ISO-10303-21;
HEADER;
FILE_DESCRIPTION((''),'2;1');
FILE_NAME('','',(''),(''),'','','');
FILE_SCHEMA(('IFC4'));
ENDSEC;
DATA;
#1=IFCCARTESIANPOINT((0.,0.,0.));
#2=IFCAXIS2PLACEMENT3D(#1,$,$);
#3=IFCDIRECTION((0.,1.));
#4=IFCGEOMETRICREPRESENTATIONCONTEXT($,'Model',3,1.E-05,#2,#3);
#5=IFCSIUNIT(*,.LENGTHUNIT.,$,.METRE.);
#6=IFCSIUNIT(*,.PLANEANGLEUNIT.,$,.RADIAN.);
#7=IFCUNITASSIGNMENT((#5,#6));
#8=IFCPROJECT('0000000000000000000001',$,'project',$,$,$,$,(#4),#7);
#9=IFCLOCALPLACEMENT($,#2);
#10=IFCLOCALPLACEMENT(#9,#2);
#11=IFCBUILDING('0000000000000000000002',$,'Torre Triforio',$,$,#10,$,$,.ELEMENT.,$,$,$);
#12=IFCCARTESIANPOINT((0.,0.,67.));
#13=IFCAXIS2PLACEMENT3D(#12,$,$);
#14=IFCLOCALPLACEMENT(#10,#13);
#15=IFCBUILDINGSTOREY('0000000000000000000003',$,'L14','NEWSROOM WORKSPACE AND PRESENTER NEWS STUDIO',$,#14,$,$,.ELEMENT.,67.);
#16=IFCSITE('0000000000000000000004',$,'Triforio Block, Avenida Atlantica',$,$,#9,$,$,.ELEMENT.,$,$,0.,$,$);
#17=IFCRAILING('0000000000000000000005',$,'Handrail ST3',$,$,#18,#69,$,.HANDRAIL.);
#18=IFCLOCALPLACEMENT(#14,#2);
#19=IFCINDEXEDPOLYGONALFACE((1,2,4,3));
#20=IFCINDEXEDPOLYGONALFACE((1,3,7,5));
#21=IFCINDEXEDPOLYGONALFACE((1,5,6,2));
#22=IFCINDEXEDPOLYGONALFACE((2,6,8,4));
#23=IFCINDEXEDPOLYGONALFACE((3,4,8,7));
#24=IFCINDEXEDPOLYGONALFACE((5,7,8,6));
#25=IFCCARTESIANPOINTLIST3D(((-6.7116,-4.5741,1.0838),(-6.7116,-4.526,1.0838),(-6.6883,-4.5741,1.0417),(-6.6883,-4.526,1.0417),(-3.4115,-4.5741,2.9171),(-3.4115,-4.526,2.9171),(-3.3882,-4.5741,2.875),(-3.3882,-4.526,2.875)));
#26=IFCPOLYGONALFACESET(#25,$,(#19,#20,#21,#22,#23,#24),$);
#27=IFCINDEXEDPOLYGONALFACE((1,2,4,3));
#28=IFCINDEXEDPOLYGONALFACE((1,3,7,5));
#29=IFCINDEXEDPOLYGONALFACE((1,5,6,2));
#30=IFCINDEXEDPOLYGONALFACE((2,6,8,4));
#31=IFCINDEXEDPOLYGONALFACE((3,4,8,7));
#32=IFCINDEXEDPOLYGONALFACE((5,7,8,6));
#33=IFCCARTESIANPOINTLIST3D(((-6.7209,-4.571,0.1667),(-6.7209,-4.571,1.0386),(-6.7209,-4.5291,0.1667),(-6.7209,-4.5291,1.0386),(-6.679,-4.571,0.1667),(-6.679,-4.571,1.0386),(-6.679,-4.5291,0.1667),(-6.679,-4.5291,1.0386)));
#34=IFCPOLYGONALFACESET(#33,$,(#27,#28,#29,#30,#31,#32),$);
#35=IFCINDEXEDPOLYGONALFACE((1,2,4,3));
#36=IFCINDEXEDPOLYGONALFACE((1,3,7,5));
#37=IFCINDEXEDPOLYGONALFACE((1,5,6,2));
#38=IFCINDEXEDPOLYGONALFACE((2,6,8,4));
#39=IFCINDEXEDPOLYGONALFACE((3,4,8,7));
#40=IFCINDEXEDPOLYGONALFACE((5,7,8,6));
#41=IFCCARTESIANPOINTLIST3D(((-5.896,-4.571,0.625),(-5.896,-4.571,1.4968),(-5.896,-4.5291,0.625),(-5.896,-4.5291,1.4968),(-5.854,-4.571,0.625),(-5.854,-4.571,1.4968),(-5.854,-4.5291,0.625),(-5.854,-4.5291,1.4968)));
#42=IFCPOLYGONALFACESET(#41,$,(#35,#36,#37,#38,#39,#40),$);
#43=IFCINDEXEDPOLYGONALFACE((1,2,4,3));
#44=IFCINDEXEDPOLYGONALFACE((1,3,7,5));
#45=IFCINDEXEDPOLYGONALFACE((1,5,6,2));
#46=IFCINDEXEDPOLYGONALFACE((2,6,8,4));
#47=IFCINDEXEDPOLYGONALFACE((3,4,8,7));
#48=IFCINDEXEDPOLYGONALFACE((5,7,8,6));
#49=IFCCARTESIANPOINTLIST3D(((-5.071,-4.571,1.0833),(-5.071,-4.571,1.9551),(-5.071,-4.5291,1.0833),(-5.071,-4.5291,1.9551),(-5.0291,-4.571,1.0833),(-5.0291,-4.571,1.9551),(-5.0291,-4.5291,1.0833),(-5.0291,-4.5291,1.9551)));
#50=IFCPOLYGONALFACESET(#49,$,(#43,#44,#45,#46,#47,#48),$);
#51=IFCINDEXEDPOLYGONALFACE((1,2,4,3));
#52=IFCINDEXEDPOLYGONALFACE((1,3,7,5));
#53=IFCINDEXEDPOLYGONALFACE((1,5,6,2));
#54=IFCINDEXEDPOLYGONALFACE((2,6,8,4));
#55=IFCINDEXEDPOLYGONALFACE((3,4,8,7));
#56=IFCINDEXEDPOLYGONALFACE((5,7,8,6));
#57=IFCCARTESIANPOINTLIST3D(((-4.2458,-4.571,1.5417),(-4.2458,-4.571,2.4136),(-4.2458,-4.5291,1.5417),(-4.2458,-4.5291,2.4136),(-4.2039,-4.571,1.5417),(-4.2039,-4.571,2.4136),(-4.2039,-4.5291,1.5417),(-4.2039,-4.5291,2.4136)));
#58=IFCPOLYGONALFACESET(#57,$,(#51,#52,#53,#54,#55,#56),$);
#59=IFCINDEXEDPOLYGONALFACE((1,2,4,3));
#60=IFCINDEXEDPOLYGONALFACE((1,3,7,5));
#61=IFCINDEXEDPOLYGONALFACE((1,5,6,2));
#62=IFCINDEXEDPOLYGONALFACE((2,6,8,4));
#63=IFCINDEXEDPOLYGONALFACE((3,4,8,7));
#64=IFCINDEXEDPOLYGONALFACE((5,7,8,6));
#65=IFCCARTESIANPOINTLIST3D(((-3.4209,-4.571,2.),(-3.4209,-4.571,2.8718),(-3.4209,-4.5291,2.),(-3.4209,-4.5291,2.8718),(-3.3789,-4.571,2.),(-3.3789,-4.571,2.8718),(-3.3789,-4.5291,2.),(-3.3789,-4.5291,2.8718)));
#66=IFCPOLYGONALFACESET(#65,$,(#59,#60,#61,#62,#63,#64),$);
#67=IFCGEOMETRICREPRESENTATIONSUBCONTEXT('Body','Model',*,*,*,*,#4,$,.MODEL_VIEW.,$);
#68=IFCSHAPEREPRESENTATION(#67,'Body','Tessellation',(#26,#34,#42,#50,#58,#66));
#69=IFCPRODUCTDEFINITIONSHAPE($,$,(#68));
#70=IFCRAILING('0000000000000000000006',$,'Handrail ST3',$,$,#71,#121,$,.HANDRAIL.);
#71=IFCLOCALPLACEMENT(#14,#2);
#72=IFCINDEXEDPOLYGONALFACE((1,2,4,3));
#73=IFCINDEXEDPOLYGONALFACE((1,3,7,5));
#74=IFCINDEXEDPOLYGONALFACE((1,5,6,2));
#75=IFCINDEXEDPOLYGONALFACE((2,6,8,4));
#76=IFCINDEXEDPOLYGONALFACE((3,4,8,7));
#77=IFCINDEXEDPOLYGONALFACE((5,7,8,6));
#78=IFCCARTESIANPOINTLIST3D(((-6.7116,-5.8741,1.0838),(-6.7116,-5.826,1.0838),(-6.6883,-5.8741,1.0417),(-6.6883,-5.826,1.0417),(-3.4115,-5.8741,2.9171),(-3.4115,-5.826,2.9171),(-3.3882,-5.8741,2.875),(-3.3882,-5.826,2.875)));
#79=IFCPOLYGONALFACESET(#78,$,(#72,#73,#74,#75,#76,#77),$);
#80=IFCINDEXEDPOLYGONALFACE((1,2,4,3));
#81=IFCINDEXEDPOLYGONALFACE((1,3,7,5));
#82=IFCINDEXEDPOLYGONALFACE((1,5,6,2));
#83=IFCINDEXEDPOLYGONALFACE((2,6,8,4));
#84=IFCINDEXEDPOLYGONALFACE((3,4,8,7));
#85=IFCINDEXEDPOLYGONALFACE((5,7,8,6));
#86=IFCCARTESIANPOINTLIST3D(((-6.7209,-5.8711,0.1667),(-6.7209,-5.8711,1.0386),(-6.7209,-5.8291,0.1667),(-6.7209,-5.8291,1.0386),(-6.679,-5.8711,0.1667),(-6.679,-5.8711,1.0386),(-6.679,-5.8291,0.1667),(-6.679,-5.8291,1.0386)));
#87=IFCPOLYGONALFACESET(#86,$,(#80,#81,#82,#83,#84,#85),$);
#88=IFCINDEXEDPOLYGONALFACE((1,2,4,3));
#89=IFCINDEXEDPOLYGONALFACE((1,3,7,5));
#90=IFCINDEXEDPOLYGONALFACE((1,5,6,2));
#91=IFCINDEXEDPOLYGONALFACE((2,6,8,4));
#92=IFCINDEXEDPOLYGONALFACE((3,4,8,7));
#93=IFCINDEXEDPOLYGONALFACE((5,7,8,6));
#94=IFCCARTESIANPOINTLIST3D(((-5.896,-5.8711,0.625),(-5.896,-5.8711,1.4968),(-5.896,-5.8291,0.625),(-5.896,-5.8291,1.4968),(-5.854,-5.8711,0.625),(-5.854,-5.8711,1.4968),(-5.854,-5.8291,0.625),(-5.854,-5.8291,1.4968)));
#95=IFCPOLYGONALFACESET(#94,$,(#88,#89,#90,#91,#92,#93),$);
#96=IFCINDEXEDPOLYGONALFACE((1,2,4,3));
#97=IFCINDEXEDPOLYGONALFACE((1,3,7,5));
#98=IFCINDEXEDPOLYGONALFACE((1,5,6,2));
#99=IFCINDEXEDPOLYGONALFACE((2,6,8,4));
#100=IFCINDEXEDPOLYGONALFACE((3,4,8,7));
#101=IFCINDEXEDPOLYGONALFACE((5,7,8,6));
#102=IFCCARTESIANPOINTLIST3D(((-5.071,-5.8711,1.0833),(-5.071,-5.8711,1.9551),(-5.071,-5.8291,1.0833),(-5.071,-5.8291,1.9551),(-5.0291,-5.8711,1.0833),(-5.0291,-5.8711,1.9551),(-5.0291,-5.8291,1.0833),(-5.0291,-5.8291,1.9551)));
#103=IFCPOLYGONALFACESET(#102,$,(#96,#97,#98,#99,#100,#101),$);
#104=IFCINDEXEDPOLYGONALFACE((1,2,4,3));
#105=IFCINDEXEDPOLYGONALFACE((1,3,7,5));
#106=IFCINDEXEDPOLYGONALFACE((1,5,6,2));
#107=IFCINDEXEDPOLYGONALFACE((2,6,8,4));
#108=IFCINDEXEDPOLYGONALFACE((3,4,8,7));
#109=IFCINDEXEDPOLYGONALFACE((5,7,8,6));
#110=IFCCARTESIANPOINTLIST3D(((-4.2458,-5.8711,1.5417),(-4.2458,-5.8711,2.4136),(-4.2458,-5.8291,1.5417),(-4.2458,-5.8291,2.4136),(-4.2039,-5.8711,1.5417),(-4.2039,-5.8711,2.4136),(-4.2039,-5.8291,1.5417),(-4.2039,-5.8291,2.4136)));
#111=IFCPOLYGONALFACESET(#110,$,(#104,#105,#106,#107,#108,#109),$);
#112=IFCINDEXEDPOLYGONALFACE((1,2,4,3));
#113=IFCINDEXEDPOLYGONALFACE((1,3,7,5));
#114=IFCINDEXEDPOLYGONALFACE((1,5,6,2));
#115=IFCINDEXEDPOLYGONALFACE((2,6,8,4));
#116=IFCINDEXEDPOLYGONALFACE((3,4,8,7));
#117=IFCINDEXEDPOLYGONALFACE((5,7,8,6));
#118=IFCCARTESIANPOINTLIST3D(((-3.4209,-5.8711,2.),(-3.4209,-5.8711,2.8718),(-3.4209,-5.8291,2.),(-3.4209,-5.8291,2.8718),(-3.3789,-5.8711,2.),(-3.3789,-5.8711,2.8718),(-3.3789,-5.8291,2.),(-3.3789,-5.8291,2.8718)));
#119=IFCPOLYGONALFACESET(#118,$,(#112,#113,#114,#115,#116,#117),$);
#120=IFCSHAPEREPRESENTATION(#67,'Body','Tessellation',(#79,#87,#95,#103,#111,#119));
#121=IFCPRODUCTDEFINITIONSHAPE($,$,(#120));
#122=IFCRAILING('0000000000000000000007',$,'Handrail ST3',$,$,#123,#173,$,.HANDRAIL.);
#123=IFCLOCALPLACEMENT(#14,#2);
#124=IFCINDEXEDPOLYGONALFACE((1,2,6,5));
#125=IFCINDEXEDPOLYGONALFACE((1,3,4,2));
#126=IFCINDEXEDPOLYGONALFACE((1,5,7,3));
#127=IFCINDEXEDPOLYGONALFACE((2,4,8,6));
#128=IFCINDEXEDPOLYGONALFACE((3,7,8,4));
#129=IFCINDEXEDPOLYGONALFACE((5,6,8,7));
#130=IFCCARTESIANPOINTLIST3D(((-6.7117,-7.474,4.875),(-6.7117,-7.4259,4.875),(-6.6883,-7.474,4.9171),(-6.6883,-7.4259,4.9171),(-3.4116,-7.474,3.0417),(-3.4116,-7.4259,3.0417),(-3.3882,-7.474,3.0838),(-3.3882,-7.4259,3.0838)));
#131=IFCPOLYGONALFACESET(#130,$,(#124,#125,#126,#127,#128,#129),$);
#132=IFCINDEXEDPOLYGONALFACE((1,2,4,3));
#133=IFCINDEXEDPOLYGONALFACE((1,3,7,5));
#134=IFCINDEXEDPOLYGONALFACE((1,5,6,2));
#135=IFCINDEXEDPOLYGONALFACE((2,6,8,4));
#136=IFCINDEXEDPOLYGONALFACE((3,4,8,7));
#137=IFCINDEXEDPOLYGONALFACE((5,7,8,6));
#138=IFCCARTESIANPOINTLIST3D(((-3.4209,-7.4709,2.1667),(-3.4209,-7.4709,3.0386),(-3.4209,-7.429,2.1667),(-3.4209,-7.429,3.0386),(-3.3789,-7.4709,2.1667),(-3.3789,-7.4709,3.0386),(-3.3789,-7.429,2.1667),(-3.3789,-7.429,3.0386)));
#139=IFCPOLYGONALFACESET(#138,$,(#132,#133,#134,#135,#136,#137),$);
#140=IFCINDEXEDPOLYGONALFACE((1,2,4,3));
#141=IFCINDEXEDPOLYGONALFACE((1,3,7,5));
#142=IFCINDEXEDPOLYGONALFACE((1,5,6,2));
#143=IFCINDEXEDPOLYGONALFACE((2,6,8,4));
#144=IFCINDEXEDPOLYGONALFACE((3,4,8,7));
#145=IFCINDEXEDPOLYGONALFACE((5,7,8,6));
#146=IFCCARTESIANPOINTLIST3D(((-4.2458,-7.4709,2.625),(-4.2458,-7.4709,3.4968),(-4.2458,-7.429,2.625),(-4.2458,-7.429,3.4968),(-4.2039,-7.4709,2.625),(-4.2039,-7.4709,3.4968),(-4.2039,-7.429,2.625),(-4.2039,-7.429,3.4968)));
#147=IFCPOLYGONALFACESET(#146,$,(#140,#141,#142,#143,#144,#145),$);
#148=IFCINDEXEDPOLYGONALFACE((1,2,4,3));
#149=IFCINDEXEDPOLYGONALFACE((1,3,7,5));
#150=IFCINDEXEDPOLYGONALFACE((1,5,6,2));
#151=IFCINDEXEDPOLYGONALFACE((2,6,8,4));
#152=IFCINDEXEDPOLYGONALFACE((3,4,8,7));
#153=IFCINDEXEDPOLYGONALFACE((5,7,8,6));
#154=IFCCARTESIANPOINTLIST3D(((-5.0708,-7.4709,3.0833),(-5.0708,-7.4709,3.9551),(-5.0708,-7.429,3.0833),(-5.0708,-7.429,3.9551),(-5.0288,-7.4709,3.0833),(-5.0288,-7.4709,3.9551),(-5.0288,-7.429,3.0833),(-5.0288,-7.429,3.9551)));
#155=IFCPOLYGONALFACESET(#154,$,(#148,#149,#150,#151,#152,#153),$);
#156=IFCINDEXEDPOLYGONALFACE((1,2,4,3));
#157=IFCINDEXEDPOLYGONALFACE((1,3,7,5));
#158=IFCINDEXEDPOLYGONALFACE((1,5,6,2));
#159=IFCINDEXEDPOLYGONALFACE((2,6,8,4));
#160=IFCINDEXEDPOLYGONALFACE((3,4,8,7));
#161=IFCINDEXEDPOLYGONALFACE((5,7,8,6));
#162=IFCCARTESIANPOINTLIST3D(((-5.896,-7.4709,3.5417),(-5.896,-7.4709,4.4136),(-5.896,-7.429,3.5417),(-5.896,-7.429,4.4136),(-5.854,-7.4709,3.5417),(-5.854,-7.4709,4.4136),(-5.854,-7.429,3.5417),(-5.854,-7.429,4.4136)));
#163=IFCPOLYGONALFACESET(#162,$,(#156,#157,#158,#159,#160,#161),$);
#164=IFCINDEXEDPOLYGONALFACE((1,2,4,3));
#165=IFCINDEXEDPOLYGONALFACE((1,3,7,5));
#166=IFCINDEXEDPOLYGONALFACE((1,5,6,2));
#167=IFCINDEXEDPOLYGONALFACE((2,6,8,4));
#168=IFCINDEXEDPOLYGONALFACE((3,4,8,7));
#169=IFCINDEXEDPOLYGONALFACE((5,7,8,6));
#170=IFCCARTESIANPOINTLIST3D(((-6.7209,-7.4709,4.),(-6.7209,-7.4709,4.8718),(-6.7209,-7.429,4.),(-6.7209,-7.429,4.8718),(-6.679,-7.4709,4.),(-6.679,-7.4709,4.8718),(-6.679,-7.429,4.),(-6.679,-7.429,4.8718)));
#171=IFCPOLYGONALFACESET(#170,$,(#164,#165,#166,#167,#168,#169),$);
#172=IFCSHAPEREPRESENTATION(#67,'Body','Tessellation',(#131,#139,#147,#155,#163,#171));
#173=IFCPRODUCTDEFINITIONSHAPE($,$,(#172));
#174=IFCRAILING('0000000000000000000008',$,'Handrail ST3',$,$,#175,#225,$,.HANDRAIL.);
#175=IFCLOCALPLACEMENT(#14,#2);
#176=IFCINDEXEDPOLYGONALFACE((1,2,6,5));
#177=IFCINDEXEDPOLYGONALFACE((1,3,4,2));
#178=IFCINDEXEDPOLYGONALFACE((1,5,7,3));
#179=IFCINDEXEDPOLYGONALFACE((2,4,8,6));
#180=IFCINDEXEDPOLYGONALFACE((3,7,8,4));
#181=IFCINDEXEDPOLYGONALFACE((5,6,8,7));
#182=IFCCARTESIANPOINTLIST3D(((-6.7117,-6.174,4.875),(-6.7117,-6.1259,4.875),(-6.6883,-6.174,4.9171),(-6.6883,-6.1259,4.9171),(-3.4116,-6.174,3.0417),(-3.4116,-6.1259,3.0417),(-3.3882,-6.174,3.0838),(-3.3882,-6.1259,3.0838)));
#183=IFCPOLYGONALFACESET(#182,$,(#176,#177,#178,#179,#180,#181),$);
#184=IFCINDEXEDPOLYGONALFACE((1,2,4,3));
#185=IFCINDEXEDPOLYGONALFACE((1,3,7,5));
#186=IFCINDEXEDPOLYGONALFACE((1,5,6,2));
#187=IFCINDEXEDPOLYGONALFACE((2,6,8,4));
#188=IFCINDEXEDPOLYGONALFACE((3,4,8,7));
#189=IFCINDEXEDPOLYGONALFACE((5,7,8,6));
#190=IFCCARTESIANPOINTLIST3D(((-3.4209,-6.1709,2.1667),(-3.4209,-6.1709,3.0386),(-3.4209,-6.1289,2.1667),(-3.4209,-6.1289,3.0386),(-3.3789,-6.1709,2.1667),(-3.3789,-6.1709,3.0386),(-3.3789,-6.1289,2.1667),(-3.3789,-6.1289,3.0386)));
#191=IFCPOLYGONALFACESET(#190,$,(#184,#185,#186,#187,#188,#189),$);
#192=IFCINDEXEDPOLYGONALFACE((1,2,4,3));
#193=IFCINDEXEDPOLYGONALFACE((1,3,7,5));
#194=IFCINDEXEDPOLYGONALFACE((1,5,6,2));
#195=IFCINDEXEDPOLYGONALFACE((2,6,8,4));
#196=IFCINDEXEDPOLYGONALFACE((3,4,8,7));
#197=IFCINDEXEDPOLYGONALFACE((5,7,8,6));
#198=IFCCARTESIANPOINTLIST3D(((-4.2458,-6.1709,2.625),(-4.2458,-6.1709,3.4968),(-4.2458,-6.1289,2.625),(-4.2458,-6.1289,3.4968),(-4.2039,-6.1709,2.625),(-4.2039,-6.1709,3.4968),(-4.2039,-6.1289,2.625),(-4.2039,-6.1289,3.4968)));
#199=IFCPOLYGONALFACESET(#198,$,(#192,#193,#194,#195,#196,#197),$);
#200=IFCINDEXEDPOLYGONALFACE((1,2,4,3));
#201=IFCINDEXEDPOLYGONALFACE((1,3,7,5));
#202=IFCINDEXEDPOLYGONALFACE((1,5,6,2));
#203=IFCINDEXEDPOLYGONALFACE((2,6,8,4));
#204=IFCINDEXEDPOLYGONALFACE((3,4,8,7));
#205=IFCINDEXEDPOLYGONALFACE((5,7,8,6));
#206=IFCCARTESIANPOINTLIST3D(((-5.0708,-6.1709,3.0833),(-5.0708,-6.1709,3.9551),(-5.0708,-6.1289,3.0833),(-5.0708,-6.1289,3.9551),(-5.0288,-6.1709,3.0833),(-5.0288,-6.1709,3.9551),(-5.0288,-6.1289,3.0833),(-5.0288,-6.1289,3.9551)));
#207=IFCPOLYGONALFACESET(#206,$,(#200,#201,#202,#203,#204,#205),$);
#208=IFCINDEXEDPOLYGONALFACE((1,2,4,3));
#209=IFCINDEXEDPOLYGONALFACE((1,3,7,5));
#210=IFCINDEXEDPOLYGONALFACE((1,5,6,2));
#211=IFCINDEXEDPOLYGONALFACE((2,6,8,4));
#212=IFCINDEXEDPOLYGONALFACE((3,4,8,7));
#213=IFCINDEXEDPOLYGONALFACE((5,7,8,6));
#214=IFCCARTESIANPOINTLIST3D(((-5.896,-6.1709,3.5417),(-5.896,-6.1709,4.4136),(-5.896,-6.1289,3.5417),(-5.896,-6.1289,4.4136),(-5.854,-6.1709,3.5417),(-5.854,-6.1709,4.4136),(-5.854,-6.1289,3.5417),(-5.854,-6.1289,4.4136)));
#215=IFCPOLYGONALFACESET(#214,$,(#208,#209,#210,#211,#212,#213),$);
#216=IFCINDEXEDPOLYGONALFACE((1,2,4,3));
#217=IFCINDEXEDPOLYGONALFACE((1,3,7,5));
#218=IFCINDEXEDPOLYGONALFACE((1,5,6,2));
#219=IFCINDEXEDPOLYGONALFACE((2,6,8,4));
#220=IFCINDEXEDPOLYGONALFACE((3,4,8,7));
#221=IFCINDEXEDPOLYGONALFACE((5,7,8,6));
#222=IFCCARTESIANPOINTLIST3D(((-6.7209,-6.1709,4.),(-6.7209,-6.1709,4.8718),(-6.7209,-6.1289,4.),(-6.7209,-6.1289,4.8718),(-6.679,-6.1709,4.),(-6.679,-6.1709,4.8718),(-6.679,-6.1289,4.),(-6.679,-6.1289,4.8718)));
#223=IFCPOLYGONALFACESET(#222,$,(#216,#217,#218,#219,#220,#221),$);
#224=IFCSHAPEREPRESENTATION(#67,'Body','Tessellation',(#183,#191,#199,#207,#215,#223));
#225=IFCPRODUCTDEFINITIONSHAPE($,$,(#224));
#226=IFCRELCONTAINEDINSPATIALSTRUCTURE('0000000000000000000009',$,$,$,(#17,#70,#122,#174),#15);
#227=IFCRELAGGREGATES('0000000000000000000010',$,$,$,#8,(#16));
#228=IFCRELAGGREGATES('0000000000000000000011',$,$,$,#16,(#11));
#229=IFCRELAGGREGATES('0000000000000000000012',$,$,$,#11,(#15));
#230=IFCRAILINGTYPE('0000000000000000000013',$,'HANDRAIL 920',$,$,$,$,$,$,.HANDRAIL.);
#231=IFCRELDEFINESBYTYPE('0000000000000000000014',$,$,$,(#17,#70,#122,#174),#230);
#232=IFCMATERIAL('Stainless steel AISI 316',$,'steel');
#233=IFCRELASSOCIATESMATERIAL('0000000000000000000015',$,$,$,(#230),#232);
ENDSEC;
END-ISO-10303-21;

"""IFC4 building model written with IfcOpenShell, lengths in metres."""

from ifc_helpers import new_model, si_unit, direction, frame, origin, origin_2d, place, context, subcontext, project, spatial, rectangle, extrude, material, type_object, element, save


model = new_model("IFC4")

# Units and contexts
model_context = context("Model", 3, precision=1e-05, world=origin(), true_north=direction((0.0, 1.0)))
body_context = subcontext(model_context, "Body", "Model", "MODEL_VIEW")
ifc_project = project(units=[si_unit("LENGTHUNIT", "METRE"), si_unit("PLANEANGLEUNIT", "RADIAN")], contexts=[model_context])

# Site, building, storey
site_placement = place(None, origin())
site = spatial("IfcSite", under=ifc_project, at=site_placement, Name="Triforio Block, Avenida Atlantica", CompositionType="ELEMENT", RefElevation=0.0)
building_placement = place(site_placement, origin())
building = spatial("IfcBuilding", under=site, at=building_placement, Name="Torre Triforio", CompositionType="ELEMENT")
storey_placement = place(building_placement, frame((0.0, 0.0, 67.0)))
storey = spatial("IfcBuildingStorey", under=building, at=storey_placement, Name="L14", Description="NEWSROOM WORKSPACE AND PRESENTER NEWS STUDIO", CompositionType="ELEMENT", Elevation=67.0)

# Railings
ifc_material_1 = material(Name="Stainless steel AISI 316", Category="steel")
railing_type = type_object("IfcRailingType", Name="HANDRAIL 920", PredefinedType="HANDRAIL", material=ifc_material_1)
for number, where, name in (
    (1, (-6.7, -4.55, 0.1667), "Handrail ST3"),
    (2, (-6.7, -5.8501, 0.1667), "Handrail ST3"),
):
    element("IfcRailing", number, at=place(storey_placement, frame(where)), inside=storey, type_object=railing_type, Name=name, PredefinedType="HANDRAIL", context=body_context, shape_type="SweptSolid", body=[
        extrude(rectangle(XDim=0.0481, YDim=0.0481, at=origin_2d()), frame((0.0, 0.0, 0.896), z_axis=(0.874169, 0.0, 0.485621), x_axis=(0.0, 1.0, 0.0)), (0.0, 0.0, 1.0), 3.7751),
        extrude(rectangle(XDim=0.042, YDim=0.042, at=origin_2d()), origin(), (0.0, 0.0, 1.0), 0.8718),
        extrude(rectangle(XDim=0.042, YDim=0.042, at=origin_2d()), frame((0.825, 0.0, 0.4583)), (0.0, 0.0, 1.0), 0.8718),
        extrude(rectangle(XDim=0.042, YDim=0.042, at=origin_2d()), frame((1.6499, 0.0, 0.9165)), (0.0, 0.0, 1.0), 0.8718),
        extrude(rectangle(XDim=0.042, YDim=0.042, at=origin_2d()), frame((2.4751, 0.0, 1.375)), (0.0, 0.0, 1.0), 0.8718),
        extrude(rectangle(XDim=0.042, YDim=0.042, at=origin_2d()), frame((3.3, 0.0, 1.8333)), (0.0, 0.0, 1.0), 0.8718),
    ])
for number, where, name in (
    (3, (-3.3999, -7.45, 2.1667), "Handrail ST3"),
    (4, (-3.3999, -6.1499, 2.1667), "Handrail ST3"),
):
    element("IfcRailing", number, at=place(storey_placement, frame(where)), inside=storey, type_object=railing_type, Name=name, PredefinedType="HANDRAIL", context=body_context, shape_type="SweptSolid", body=[
        extrude(rectangle(XDim=0.0481, YDim=0.0481, at=origin_2d()), frame((0.0, 0.0, 0.896), z_axis=(-0.874169, 0.0, 0.485621), x_axis=(0.0, -1.0, 0.0)), (0.0, 0.0, 1.0), 3.7751),
        extrude(rectangle(XDim=0.042, YDim=0.042, at=origin_2d()), origin(), (0.0, 0.0, 1.0), 0.8718),
        extrude(rectangle(XDim=0.042, YDim=0.042, at=origin_2d()), frame((-0.825, 0.0, 0.4583)), (0.0, 0.0, 1.0), 0.8718),
        extrude(rectangle(XDim=0.042, YDim=0.042, at=origin_2d()), frame((-1.6499, 0.0, 0.9165)), (0.0, 0.0, 1.0), 0.8718),
        extrude(rectangle(XDim=0.042, YDim=0.042, at=origin_2d()), frame((-2.4751, 0.0, 1.375)), (0.0, 0.0, 1.0), 0.8718),
        extrude(rectangle(XDim=0.042, YDim=0.042, at=origin_2d()), frame((-3.3, 0.0, 1.8333)), (0.0, 0.0, 1.0), 0.8718),
    ])

save(model, "model.ifc")
